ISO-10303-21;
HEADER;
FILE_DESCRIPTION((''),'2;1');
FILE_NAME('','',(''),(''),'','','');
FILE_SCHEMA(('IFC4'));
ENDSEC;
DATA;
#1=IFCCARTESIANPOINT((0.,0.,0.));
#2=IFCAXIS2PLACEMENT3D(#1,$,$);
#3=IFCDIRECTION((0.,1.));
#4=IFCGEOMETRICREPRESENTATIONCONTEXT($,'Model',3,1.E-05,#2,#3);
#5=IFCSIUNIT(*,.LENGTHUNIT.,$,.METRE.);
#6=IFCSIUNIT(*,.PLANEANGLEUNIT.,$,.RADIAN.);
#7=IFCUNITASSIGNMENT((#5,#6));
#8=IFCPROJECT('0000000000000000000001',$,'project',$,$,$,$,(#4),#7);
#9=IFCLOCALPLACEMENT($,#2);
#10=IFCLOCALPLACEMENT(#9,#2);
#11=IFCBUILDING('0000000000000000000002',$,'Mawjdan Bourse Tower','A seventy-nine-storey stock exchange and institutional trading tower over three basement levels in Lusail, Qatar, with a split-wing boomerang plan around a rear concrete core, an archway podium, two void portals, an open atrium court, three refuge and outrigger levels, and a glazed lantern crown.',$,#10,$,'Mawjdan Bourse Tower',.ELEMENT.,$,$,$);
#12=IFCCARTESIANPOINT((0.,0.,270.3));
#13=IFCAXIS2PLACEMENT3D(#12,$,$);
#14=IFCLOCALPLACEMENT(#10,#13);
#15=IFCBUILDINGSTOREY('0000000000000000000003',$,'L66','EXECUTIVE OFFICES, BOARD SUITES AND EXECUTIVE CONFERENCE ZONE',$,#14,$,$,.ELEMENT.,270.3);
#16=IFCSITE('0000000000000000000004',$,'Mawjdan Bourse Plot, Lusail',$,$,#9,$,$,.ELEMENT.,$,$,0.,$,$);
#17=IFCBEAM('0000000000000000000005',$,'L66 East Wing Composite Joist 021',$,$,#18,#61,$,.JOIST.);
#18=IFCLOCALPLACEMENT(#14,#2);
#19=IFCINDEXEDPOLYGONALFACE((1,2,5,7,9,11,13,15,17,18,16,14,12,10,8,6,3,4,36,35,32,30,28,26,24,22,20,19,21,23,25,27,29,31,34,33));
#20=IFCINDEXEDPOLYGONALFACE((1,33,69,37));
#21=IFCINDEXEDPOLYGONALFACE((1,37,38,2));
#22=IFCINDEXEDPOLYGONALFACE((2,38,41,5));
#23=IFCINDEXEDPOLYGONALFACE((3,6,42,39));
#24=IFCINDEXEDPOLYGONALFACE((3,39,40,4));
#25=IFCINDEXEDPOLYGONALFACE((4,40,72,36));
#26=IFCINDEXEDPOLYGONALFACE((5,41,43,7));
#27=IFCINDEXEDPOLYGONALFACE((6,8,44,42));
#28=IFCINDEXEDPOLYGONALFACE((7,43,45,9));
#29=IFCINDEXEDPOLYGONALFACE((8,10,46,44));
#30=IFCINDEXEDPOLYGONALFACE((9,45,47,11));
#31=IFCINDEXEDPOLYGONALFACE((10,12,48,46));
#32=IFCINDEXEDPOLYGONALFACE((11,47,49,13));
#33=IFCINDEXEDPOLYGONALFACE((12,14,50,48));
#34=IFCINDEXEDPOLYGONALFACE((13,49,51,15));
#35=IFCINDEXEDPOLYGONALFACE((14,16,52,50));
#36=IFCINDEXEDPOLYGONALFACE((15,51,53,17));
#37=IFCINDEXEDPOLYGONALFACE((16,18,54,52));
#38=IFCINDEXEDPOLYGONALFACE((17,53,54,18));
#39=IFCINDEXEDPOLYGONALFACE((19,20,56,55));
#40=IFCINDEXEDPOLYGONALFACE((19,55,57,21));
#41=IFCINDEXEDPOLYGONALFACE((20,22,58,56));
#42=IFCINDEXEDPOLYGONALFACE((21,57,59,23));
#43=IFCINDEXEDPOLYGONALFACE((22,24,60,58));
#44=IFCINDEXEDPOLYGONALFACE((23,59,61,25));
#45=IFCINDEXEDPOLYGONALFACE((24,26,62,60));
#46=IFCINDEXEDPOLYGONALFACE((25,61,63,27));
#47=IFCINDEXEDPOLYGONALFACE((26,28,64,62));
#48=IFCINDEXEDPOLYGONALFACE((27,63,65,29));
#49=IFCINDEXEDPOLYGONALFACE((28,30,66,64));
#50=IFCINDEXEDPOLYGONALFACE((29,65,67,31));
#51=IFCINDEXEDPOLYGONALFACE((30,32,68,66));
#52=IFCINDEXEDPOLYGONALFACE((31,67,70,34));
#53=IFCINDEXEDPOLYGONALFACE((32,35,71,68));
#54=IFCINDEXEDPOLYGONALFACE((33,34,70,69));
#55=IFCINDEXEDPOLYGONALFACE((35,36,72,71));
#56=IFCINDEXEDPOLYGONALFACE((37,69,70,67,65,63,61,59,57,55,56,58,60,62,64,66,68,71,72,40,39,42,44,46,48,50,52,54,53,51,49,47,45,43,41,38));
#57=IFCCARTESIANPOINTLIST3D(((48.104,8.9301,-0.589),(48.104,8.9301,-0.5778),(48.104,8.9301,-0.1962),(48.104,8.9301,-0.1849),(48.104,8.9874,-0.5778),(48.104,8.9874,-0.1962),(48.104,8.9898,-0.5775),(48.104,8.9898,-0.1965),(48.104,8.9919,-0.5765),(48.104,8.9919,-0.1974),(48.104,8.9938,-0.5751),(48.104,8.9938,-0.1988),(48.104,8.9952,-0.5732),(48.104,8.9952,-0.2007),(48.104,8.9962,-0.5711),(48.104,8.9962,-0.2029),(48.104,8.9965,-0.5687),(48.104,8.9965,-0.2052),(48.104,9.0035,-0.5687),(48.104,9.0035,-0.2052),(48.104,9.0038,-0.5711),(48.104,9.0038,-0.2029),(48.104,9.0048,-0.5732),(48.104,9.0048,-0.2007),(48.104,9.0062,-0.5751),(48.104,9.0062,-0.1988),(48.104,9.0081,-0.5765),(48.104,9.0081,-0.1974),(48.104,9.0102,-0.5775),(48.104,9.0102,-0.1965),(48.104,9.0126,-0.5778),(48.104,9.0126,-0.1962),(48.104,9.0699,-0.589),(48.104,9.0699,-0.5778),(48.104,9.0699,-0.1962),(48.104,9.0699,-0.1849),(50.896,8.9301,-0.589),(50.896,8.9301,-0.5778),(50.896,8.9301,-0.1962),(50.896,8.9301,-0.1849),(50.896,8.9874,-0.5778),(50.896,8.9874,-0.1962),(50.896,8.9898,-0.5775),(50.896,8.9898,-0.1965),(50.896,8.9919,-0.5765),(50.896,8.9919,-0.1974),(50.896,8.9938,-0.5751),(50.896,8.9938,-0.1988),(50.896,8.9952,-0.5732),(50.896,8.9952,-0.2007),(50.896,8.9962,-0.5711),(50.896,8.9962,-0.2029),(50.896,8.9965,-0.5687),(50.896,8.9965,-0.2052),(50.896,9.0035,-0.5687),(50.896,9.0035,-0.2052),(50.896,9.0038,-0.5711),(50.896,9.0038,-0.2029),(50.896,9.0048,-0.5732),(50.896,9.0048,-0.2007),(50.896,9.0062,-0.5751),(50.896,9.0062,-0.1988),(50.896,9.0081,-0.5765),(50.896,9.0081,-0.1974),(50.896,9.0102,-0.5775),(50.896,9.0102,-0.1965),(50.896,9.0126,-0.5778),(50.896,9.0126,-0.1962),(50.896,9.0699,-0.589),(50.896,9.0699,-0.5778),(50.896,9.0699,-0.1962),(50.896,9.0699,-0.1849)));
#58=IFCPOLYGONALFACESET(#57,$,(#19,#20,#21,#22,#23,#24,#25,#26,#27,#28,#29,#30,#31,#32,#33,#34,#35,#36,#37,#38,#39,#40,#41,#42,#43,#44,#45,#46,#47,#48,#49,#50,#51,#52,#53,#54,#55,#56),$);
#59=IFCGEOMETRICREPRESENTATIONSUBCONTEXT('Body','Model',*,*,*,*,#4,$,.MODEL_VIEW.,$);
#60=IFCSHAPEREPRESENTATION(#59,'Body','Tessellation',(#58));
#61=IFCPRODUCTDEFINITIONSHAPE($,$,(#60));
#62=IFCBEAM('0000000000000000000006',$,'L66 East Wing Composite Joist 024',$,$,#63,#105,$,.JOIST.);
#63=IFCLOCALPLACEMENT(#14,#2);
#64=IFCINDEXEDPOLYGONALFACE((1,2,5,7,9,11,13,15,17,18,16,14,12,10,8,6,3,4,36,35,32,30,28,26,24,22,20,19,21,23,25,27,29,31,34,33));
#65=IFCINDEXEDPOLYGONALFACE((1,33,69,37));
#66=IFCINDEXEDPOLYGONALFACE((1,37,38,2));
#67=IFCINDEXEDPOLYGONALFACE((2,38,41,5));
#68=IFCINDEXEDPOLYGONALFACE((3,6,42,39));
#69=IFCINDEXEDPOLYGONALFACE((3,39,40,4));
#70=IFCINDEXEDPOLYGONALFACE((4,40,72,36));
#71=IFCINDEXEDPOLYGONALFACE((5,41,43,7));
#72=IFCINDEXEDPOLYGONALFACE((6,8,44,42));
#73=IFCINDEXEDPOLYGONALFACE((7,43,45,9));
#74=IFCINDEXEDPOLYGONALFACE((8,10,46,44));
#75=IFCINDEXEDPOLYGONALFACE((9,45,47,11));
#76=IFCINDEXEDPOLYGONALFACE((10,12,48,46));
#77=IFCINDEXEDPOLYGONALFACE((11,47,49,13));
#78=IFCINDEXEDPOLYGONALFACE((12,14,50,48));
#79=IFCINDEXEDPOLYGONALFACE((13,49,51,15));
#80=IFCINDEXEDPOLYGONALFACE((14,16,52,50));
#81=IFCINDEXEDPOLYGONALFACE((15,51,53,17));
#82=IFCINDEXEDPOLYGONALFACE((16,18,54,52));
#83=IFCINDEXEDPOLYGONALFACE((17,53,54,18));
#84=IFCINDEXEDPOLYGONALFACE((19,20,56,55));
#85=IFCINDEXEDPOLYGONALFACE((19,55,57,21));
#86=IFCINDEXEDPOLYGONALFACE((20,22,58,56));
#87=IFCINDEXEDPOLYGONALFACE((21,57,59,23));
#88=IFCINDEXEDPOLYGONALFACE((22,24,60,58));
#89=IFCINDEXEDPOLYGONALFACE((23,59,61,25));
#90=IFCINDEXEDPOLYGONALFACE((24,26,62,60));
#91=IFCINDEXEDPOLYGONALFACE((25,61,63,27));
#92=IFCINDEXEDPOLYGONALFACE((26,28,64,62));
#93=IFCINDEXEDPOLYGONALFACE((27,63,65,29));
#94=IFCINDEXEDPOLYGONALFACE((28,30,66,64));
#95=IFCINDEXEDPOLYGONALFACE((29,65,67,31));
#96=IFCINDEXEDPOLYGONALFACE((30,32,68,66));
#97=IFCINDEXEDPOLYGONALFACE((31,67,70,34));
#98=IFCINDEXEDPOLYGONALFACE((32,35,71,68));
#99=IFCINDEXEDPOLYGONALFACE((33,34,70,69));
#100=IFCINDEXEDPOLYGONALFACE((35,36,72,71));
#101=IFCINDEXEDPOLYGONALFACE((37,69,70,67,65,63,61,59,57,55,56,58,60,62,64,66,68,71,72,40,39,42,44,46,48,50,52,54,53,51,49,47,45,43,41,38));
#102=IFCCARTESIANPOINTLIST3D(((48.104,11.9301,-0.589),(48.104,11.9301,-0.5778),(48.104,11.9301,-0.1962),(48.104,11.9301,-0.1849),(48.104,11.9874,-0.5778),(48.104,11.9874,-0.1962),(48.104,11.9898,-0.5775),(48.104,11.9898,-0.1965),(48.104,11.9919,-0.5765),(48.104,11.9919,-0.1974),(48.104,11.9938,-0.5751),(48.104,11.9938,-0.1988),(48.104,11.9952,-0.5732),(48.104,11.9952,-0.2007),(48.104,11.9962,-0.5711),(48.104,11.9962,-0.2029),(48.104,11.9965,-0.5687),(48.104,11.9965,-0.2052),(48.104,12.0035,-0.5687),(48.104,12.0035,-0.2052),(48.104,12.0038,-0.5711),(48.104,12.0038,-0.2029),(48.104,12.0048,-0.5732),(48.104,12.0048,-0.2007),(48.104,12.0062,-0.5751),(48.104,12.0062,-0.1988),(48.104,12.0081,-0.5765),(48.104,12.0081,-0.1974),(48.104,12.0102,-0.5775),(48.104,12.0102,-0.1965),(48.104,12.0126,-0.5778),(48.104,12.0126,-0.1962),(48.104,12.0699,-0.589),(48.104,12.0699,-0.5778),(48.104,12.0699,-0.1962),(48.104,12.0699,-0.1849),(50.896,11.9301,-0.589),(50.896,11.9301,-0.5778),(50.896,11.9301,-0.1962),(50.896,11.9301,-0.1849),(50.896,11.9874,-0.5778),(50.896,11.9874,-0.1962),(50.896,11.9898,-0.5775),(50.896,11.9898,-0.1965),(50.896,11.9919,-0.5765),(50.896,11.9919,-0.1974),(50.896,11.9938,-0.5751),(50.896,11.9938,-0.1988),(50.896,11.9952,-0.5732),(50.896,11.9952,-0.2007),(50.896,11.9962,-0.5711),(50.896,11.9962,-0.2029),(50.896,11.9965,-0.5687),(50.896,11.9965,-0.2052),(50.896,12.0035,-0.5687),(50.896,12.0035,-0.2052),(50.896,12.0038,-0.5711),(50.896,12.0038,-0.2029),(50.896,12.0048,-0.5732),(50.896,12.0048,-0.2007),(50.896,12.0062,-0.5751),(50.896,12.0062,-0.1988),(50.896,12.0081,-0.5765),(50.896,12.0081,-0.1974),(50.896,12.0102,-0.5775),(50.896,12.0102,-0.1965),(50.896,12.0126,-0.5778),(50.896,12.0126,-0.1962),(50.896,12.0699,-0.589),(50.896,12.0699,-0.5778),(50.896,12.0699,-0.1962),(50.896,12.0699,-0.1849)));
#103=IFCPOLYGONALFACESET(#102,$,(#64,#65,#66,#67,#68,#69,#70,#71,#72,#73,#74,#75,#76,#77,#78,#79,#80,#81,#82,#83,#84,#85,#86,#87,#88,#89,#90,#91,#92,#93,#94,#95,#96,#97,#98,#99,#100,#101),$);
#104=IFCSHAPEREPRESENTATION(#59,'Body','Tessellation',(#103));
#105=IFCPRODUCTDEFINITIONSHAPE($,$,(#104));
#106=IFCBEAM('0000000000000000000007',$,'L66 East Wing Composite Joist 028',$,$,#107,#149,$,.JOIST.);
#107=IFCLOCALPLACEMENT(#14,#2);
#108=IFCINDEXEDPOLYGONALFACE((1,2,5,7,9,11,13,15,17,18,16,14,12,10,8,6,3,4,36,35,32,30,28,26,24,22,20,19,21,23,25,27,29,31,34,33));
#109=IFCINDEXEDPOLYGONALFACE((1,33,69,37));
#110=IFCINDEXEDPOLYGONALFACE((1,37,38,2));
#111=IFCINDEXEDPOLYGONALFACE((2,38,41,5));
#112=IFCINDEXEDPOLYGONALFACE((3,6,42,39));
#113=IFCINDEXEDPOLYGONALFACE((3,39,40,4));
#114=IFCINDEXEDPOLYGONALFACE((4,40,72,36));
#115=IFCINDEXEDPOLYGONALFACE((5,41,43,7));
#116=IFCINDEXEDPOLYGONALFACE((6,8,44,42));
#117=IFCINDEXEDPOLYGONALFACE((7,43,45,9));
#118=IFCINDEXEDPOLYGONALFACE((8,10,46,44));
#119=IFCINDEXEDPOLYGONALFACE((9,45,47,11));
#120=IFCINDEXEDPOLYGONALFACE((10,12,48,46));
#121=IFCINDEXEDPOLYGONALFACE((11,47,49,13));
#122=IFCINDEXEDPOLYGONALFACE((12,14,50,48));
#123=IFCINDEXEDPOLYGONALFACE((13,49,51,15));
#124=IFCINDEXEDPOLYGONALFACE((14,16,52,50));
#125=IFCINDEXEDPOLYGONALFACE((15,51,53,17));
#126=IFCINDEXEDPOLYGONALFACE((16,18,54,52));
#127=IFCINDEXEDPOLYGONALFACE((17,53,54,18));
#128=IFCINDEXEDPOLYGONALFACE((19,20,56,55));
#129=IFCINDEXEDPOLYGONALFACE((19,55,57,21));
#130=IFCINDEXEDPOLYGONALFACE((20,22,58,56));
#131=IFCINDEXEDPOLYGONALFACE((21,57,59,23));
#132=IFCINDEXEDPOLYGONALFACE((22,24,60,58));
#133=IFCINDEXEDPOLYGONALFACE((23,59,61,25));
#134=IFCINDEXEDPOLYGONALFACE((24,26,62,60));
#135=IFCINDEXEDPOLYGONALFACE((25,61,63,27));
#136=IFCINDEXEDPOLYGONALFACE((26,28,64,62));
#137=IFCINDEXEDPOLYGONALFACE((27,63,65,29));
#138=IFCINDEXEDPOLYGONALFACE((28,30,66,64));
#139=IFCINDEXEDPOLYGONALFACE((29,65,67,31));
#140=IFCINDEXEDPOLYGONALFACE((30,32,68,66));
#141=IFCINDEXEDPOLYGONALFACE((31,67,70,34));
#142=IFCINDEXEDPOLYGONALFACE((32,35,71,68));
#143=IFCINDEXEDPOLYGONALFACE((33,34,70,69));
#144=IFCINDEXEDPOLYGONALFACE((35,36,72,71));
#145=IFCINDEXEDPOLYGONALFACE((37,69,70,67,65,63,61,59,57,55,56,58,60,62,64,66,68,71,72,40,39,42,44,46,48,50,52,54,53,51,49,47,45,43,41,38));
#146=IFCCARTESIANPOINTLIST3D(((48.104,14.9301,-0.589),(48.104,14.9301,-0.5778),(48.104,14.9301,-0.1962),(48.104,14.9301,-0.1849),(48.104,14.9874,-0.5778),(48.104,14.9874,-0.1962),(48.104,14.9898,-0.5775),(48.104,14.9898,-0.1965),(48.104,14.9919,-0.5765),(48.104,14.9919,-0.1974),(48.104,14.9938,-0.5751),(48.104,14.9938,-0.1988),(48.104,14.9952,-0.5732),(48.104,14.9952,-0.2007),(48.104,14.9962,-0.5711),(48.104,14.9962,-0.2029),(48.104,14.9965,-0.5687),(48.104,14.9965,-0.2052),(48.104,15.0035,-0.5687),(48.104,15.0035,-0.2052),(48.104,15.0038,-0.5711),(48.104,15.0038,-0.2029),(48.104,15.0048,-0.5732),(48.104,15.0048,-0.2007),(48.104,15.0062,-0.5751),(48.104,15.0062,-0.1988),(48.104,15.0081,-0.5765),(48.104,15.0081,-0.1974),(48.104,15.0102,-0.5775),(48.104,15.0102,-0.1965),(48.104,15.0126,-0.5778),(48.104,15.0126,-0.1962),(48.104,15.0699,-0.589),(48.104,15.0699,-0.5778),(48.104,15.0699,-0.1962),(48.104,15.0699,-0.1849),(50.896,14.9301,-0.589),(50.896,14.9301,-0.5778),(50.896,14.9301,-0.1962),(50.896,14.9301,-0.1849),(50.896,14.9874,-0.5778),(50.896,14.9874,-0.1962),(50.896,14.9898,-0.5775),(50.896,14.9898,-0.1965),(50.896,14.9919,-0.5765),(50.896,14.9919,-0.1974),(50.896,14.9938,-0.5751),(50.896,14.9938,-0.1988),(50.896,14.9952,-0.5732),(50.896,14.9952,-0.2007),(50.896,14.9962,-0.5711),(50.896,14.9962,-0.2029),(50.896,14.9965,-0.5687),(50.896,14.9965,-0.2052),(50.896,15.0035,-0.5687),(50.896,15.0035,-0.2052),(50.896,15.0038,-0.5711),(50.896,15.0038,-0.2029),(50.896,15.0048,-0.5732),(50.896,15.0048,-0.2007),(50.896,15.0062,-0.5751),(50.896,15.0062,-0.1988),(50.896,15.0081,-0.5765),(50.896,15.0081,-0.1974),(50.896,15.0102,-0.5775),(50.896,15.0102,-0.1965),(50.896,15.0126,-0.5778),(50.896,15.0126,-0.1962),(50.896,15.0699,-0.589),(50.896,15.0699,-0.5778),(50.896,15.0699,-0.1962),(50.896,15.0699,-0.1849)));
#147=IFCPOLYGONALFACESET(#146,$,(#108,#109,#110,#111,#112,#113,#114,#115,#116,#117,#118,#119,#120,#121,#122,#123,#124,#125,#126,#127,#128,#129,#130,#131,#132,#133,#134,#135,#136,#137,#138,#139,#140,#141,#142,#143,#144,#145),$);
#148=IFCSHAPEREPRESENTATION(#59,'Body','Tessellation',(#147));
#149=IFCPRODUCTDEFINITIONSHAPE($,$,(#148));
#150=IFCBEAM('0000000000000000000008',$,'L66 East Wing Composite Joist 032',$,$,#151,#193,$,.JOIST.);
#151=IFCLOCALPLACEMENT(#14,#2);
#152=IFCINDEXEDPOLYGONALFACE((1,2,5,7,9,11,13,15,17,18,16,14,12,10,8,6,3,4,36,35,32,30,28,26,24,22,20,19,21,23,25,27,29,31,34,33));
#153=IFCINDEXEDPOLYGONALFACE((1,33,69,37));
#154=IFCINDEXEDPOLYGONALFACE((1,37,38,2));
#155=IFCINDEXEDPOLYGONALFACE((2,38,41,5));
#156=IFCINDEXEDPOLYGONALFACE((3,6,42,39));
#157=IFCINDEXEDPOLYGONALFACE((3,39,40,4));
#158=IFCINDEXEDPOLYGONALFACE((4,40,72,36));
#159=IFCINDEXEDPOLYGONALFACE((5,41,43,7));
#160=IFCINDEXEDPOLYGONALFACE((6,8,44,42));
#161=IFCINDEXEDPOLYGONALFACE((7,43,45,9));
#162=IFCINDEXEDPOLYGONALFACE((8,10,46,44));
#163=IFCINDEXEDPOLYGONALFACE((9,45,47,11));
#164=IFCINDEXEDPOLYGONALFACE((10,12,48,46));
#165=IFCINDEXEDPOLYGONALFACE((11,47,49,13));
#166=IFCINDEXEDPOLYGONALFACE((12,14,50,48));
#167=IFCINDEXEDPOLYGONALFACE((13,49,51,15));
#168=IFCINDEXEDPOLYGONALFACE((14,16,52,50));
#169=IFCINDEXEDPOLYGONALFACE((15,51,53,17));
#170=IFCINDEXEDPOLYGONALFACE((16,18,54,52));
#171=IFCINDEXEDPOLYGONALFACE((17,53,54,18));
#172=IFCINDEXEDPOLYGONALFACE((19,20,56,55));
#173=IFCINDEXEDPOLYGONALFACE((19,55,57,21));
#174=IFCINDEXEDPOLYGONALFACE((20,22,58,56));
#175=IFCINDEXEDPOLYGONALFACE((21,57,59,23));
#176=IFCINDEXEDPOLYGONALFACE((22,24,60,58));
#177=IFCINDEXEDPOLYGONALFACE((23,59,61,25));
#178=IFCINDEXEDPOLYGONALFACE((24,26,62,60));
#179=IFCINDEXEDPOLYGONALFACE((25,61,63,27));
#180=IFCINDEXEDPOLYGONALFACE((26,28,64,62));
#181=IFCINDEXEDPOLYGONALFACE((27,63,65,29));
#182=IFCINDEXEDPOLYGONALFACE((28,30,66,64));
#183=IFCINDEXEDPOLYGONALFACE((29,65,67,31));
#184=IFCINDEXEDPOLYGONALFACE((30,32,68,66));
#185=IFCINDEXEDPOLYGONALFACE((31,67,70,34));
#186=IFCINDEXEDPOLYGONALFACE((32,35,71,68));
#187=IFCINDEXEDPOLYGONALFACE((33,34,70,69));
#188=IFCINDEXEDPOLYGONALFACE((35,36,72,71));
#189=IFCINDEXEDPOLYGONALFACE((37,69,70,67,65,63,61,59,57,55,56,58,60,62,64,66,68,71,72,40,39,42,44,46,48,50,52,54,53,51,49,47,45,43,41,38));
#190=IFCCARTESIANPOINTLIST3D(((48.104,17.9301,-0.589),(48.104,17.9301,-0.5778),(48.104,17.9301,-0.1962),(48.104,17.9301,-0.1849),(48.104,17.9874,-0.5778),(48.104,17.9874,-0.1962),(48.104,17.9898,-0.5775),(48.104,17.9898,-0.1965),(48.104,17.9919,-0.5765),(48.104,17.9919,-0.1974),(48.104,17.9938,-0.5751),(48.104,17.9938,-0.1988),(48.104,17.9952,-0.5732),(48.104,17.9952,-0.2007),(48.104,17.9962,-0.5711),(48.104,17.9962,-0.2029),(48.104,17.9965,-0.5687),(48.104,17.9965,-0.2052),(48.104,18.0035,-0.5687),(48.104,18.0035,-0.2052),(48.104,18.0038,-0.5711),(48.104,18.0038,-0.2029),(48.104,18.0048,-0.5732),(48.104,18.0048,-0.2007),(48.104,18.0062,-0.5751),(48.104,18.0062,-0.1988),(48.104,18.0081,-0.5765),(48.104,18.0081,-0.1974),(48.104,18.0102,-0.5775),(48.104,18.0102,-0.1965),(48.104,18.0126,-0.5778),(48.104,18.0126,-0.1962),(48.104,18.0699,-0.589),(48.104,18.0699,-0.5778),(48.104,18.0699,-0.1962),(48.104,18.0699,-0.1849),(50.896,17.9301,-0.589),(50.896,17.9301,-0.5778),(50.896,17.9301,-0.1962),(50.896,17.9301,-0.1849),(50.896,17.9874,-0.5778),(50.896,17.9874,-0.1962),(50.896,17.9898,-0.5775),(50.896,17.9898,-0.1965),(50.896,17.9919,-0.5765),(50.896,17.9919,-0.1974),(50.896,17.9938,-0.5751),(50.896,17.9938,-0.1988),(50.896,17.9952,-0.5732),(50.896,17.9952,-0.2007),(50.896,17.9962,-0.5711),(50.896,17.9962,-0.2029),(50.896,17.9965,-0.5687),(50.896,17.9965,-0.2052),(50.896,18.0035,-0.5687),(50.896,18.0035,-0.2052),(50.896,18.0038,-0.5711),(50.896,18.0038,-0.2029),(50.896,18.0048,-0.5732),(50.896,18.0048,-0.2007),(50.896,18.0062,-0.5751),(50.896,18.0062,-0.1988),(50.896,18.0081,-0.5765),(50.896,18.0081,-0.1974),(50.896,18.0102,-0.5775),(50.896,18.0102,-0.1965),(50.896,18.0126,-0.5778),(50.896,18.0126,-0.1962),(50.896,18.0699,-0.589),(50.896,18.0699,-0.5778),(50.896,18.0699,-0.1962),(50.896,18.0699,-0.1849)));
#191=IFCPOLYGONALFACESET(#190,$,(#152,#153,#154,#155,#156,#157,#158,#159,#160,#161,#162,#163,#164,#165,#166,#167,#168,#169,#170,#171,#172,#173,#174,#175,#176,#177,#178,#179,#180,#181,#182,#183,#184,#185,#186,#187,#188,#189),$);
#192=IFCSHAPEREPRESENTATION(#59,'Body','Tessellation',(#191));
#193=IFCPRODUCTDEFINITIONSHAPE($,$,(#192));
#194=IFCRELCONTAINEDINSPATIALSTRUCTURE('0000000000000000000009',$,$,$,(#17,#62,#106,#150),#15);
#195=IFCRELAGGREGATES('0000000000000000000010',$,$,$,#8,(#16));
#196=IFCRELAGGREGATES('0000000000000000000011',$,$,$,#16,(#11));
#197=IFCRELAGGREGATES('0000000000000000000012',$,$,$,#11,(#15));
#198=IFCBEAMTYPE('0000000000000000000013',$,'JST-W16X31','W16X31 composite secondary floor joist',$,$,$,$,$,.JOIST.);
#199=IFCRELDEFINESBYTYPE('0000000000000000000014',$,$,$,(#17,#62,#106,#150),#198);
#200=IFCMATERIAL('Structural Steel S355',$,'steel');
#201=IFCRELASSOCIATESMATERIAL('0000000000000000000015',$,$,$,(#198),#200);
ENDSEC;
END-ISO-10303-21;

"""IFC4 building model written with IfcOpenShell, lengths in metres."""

from ifc_helpers import new_model, si_unit, direction, frame, origin, origin_2d, place, context, subcontext, project, spatial, i_section, extrude, material, material_profile, profile_set, type_object, element, save


model = new_model("IFC4")

# Units and contexts
model_context = context("Model", 3, precision=1e-05, world=origin(), true_north=direction((0.0, 1.0)))
body_context = subcontext(model_context, "Body", "Model", "MODEL_VIEW")
ifc_project = project(units=[si_unit("LENGTHUNIT", "METRE"), si_unit("PLANEANGLEUNIT", "RADIAN")], contexts=[model_context])

# Site, building, storey
site_placement = place(None, origin())
site = spatial("IfcSite", under=ifc_project, at=site_placement, Name="Mawjdan Bourse Plot, Lusail", CompositionType="ELEMENT", RefElevation=0.0)
building_placement = place(site_placement, origin())
building = spatial("IfcBuilding", under=site, at=building_placement, Name="Mawjdan Bourse Tower", Description="A seventy-nine-storey stock exchange and institutional trading tower over three basement levels in Lusail, Qatar, with a split-wing boomerang plan around a rear concrete core, an archway podium, two void portals, an open atrium court, three refuge and outrigger levels, and a glazed lantern crown.", LongName="Mawjdan Bourse Tower", CompositionType="ELEMENT")
storey_placement = place(building_placement, frame((0.0, 0.0, 270.3)))
storey = spatial("IfcBuildingStorey", under=building, at=storey_placement, Name="L66", Description="EXECUTIVE OFFICES, BOARD SUITES AND EXECUTIVE CONFERENCE ZONE", CompositionType="ELEMENT", Elevation=270.3)

# Beams
ifc_material_1 = material(Name="Structural Steel S355", Category="steel")
ifc_material_profile_1 = material_profile(ifc_material_1, i_section(OverallWidth=0.1399, OverallDepth=0.4041, WebThickness=0.0071, FlangeThickness=0.0112, FilletRadius=0.009, at=origin_2d()), Name="W16X31")
ifc_profile_set_1 = profile_set([ifc_material_profile_1], Name="Structural Steel S355")
beam_type_1 = type_object("IfcBeamType", Name="JST-W16X31", Description="W16X31 composite secondary floor joist", PredefinedType="JOIST", material=ifc_profile_set_1)
for number, where, z_axis, x_axis, name in (
    (1, (48.104, 9.0, -0.387), (1.0, 0.0, 0.0), (0.0, 1.0, 0.0), "L66 East Wing Composite Joist 021"),
    (2, (48.104, 12.0, -0.387), (1.0, 0.0, 0.0), (0.0, 1.0, 0.0), "L66 East Wing Composite Joist 024"),
    (3, (48.104, 15.0, -0.387), (1.0, 0.0, 0.0), (0.0, 1.0, 0.0), "L66 East Wing Composite Joist 028"),
    (4, (48.104, 18.0, -0.387), (1.0, 0.0, 0.0), (0.0, 1.0, 0.0), "L66 East Wing Composite Joist 032"),
):
    element("IfcBeam", number, at=place(storey_placement, frame(where, z_axis=z_axis, x_axis=x_axis)), inside=storey, type_object=beam_type_1, Name=name, PredefinedType="JOIST", context=body_context, shape_type="SweptSolid", body=[
        extrude(i_section(OverallWidth=0.1399, OverallDepth=0.4041, WebThickness=0.0071, FlangeThickness=0.0112, FilletRadius=0.009, at=origin_2d()), origin(), (0.0, 0.0, 1.0), 2.792),
    ])

save(model, "model.ifc")
